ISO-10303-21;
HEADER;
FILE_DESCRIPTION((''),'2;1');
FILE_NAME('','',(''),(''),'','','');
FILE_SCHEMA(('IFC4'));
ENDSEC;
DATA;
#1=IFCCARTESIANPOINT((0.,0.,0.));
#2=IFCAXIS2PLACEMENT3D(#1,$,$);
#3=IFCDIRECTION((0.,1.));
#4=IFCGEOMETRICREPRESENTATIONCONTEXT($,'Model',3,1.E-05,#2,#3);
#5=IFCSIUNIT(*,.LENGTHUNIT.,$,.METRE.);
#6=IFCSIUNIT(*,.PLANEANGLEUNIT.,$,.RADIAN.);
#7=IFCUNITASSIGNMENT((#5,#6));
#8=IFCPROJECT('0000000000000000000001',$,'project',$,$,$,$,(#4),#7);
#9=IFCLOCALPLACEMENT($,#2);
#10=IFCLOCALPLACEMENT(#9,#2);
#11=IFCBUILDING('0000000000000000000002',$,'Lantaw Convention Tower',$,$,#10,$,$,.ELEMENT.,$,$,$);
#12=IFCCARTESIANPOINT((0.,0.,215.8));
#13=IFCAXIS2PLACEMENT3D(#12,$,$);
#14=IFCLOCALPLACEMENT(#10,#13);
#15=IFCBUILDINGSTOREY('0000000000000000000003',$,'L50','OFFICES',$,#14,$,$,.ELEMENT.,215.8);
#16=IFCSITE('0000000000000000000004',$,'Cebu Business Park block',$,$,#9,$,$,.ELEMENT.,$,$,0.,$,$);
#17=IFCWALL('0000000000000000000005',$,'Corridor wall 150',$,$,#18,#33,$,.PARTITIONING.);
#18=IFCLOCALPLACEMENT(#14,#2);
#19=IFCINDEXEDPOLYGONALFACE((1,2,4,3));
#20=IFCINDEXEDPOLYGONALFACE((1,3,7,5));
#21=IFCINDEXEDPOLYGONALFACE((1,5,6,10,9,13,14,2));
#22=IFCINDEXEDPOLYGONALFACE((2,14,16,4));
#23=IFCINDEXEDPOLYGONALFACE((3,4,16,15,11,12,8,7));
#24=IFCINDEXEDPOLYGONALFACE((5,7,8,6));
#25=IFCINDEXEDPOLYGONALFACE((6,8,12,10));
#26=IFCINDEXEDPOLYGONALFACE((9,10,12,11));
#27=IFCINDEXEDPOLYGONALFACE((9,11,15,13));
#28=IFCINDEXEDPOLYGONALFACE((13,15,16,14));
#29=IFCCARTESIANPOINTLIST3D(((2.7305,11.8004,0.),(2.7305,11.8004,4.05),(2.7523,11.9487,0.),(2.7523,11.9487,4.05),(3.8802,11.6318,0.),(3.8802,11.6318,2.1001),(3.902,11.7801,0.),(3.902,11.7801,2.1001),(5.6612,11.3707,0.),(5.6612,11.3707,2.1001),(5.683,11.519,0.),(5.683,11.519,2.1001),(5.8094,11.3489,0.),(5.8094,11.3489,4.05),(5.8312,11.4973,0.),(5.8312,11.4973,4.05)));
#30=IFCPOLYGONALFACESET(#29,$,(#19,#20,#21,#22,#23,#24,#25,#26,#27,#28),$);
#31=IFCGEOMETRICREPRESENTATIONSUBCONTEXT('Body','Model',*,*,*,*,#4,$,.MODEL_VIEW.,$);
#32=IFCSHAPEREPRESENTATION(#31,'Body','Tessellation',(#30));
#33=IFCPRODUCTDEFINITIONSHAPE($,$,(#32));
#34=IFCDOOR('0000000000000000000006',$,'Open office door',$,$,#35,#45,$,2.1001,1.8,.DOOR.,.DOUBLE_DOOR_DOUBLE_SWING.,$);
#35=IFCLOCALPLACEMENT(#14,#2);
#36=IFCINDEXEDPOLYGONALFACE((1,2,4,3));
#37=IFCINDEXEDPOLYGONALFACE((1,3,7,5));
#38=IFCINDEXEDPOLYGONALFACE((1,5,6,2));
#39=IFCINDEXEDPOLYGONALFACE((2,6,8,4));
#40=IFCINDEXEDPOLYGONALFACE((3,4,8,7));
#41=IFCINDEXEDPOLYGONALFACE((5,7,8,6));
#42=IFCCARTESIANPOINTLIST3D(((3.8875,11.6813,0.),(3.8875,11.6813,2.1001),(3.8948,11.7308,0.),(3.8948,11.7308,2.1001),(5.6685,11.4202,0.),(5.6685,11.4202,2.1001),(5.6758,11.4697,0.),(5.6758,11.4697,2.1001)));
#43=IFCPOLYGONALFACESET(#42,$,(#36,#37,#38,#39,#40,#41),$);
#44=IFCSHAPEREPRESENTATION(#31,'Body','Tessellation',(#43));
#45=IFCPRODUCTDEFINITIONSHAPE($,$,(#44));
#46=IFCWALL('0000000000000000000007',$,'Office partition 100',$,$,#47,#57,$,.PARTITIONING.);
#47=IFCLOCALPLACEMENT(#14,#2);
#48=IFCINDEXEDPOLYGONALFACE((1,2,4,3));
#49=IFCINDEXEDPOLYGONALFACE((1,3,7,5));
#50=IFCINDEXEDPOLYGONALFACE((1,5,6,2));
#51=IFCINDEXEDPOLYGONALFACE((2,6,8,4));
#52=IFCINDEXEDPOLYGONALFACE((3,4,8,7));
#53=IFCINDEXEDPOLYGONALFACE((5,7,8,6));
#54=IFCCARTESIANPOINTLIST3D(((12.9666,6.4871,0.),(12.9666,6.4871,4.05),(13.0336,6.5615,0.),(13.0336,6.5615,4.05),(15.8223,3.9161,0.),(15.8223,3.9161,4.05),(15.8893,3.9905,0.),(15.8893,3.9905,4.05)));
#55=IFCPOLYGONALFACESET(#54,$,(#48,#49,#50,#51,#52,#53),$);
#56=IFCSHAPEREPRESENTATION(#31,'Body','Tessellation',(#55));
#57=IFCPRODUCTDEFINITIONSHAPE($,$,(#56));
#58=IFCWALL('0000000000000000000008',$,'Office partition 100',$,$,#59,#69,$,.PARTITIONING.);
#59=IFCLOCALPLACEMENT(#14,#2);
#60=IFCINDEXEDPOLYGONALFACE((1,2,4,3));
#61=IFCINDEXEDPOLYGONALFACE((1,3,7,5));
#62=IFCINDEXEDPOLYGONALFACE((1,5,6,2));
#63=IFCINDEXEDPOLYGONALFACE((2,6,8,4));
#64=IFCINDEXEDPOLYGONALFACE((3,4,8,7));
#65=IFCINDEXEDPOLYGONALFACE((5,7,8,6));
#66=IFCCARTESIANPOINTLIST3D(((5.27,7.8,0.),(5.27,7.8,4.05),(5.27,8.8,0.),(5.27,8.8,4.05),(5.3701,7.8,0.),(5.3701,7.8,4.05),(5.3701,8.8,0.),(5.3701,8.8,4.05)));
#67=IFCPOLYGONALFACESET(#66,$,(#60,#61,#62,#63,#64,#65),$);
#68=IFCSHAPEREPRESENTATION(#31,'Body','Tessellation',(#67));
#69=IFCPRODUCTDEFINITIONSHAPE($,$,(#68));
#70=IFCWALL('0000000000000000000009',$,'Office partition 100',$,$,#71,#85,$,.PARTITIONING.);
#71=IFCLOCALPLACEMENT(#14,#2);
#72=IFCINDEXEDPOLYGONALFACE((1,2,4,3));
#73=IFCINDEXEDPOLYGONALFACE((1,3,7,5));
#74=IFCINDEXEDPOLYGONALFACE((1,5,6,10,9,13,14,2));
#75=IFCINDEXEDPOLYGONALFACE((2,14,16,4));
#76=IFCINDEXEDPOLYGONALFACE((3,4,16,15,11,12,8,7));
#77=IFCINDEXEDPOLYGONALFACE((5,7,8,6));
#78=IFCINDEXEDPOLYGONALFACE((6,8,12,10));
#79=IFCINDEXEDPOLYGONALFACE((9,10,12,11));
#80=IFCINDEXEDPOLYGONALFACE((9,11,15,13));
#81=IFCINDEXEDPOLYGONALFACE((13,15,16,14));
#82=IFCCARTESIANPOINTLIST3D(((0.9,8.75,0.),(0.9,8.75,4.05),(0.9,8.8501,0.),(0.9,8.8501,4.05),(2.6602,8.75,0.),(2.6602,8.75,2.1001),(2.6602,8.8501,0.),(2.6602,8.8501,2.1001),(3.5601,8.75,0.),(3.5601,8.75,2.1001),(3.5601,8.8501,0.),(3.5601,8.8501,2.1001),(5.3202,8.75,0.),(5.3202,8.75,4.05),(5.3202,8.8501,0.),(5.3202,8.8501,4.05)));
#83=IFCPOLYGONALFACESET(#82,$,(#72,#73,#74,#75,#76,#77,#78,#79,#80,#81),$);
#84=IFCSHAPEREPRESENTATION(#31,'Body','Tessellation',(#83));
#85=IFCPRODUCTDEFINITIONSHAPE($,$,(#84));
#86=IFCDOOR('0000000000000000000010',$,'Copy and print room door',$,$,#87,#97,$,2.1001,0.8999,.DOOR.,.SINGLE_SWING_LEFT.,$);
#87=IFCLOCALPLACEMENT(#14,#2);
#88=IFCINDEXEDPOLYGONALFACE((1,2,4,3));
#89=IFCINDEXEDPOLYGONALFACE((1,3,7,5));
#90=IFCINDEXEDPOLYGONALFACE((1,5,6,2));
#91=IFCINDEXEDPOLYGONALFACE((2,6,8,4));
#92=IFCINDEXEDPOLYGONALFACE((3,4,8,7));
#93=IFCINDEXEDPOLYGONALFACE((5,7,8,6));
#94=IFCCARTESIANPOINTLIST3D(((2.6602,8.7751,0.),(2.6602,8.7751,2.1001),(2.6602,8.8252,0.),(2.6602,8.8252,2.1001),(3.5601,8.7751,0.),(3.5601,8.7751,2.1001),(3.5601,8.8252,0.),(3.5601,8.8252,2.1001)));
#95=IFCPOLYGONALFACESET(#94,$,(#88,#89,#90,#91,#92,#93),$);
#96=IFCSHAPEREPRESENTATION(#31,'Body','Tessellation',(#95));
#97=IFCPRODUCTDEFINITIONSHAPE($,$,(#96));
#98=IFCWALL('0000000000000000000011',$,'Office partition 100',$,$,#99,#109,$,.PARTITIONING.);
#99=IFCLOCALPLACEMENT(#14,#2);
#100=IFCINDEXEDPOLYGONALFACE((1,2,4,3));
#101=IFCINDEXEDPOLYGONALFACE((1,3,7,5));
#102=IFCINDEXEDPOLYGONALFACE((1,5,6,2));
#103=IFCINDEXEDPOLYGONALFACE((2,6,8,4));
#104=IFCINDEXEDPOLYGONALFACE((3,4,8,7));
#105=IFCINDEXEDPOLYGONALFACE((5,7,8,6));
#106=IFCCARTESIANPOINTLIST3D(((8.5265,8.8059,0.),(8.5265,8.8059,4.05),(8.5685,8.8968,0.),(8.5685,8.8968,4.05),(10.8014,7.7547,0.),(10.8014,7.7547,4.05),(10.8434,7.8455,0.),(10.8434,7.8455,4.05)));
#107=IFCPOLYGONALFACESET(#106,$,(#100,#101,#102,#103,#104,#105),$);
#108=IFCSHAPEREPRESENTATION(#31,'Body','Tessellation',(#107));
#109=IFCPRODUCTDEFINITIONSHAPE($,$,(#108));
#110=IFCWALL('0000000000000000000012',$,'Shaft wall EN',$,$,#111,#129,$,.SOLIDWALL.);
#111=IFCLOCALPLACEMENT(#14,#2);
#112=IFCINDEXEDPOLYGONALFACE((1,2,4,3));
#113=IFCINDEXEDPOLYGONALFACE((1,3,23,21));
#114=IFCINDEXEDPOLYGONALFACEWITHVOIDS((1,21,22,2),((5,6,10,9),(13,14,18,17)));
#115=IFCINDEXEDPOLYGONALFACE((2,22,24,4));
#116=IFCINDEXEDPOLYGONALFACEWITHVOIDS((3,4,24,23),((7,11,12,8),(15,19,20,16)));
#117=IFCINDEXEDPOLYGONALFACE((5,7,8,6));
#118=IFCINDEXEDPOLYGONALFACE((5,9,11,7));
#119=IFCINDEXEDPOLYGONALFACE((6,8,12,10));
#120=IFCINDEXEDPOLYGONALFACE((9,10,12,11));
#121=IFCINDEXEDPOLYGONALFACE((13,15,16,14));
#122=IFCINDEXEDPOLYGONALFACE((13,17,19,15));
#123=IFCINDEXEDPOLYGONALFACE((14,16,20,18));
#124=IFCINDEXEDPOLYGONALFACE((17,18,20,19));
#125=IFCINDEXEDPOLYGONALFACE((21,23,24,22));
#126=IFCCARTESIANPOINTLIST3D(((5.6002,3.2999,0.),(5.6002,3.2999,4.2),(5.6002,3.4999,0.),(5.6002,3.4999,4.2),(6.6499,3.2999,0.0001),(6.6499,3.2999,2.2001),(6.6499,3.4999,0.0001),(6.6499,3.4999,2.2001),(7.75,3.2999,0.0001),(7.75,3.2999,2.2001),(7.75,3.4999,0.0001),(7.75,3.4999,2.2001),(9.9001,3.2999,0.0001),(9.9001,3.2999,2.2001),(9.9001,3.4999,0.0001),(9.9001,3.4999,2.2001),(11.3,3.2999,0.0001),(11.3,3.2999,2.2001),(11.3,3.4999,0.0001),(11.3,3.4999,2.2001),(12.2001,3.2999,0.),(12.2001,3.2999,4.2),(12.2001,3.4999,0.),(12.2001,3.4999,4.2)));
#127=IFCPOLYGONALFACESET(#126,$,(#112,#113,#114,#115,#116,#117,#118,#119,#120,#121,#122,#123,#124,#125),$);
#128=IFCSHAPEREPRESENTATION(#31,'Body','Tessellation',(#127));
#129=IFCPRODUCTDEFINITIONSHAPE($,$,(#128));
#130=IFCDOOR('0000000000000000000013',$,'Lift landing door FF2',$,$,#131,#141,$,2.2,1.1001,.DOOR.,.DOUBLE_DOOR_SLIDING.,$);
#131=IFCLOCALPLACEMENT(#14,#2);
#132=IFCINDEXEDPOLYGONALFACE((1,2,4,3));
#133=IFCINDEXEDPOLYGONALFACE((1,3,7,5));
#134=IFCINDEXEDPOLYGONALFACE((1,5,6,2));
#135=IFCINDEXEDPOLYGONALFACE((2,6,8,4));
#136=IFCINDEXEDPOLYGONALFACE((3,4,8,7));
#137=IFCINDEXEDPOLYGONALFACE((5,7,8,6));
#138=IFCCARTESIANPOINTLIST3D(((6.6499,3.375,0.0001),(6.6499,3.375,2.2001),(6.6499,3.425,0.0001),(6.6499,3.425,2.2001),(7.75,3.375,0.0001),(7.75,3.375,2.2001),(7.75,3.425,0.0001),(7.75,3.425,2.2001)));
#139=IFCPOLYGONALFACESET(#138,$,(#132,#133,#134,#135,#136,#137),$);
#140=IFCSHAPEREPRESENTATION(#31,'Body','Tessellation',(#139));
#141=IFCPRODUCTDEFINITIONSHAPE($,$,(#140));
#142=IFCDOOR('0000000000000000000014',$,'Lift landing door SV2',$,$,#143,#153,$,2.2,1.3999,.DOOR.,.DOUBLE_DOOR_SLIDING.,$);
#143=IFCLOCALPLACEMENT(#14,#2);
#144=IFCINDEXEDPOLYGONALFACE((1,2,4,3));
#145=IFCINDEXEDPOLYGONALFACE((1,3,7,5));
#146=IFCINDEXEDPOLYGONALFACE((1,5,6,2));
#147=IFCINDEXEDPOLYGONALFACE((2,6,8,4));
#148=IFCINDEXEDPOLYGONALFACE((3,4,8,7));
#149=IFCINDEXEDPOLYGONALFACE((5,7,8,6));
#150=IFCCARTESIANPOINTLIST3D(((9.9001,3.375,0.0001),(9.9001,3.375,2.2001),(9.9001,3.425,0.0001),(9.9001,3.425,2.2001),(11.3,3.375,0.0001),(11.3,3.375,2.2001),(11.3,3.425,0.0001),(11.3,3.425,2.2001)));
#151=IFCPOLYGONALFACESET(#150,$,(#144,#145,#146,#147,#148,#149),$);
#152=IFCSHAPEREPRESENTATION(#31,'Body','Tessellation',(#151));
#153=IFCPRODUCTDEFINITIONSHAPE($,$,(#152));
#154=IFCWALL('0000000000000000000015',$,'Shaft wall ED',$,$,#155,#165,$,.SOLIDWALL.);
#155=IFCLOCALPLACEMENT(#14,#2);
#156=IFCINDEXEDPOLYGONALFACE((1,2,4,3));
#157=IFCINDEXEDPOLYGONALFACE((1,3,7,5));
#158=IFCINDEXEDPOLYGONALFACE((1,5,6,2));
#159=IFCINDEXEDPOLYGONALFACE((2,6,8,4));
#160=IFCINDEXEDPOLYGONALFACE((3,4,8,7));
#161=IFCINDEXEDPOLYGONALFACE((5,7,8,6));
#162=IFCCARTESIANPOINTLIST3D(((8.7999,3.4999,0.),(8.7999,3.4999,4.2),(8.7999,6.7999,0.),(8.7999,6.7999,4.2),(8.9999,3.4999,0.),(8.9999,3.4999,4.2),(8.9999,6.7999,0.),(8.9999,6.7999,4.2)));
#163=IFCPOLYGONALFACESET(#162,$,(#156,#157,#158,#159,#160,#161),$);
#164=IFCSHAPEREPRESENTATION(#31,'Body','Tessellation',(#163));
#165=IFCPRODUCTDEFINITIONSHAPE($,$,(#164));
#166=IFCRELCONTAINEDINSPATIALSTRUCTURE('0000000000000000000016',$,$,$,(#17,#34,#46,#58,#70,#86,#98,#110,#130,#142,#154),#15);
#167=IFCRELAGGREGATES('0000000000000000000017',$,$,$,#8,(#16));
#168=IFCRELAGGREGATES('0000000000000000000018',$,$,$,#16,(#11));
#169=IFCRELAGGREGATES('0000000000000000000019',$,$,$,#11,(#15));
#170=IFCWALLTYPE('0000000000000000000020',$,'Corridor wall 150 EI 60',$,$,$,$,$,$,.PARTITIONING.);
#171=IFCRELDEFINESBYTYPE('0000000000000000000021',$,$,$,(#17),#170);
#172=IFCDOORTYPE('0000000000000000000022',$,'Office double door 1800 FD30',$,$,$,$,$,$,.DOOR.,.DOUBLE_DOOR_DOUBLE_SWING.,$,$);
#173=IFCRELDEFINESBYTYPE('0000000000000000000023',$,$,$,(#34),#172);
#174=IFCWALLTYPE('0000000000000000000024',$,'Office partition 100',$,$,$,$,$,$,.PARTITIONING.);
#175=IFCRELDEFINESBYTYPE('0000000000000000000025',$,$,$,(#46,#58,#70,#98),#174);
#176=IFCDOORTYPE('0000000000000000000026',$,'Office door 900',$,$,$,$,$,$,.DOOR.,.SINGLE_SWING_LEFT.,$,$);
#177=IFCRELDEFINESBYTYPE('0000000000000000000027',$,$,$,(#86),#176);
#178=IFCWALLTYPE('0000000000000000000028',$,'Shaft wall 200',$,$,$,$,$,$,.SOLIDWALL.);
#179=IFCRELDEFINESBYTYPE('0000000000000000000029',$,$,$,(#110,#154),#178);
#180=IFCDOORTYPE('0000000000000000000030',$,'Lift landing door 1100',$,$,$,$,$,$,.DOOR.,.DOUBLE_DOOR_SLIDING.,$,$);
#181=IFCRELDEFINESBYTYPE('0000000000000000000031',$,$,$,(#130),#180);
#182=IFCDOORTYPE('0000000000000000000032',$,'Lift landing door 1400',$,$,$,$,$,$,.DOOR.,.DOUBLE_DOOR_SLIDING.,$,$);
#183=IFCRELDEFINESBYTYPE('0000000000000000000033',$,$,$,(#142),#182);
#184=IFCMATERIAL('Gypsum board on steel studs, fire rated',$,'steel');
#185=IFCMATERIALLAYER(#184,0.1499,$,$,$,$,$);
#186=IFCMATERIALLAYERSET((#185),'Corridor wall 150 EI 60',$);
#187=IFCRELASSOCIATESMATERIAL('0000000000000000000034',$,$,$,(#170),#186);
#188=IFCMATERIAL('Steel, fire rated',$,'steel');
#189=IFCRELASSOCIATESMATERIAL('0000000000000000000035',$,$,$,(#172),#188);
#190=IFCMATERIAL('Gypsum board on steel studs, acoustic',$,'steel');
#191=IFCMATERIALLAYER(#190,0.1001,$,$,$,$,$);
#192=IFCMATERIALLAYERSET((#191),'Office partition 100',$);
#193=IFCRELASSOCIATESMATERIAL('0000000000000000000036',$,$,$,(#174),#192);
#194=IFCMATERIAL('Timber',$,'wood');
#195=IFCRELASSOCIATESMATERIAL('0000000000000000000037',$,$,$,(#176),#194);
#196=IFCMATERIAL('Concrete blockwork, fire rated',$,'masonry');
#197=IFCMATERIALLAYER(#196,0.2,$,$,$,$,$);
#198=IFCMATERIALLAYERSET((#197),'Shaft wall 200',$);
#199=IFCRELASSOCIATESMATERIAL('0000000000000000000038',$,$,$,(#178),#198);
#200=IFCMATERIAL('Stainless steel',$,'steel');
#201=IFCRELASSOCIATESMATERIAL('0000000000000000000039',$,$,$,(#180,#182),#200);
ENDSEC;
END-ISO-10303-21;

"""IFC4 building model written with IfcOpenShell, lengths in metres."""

from ifc_helpers import new_model, si_unit, direction, frame, frame_2d, origin, place, context, subcontext, project, spatial, rectangle, extrude, material, layer, layer_set, type_object, element, fill, save


model = new_model("IFC4")

# Units and contexts
model_context = context("Model", 3, precision=1e-05, world=origin(), true_north=direction((0.0, 1.0)))
body_context = subcontext(model_context, "Body", "Model", "MODEL_VIEW")
ifc_project = project(units=[si_unit("LENGTHUNIT", "METRE"), si_unit("PLANEANGLEUNIT", "RADIAN")], contexts=[model_context])

# Site, building, storey
site_placement = place(None, origin())
site = spatial("IfcSite", under=ifc_project, at=site_placement, Name="Cebu Business Park block", CompositionType="ELEMENT", RefElevation=0.0)
building_placement = place(site_placement, origin())
building = spatial("IfcBuilding", under=site, at=building_placement, Name="Lantaw Convention Tower", CompositionType="ELEMENT")
storey_placement = place(building_placement, frame((0.0, 0.0, 215.8)))
storey = spatial("IfcBuildingStorey", under=building, at=storey_placement, Name="L50", Description="OFFICES", CompositionType="ELEMENT", Elevation=215.8)

# Shared definitions
ifc_material_1 = material(Name="Gypsum board on steel studs, fire rated", Category="steel")
ifc_layer_1 = layer(ifc_material_1, 0.1499)
ifc_layer_set_1 = layer_set([ifc_layer_1], Name="Corridor wall 150 EI 60")
wall_type_1 = type_object("IfcWallType", Name="Corridor wall 150 EI 60", PredefinedType="PARTITIONING", material=ifc_layer_set_1)

# Wall, opening, door
wall_1_placement = place(storey_placement, frame((5.8203, 11.4231, 0.0), z_axis=(0.0, 0.0, 1.0), x_axis=(-0.989422, 0.145067, 0.0)))
wall_1 = element("IfcWall", 1, at=wall_1_placement, inside=storey, type_object=wall_type_1, Name="Corridor wall 150", PredefinedType="PARTITIONING", context=body_context, shape_type="SweptSolid", body=[
    extrude(rectangle(XDim=3.1118, YDim=0.1499, at=frame_2d((1.5559, 0.0))), origin(), (0.0, 0.0, 1.0), 4.05),
])
opening_1_placement = place(wall_1_placement, frame((0.1499, 0.0, 0.0)))
opening_1 = element("IfcOpeningElement", 2, at=opening_1_placement, cuts=wall_1, PredefinedType="OPENING", context=body_context, shape_type="SweptSolid", body=[
    extrude(rectangle(XDim=1.8, YDim=2.1001, at=frame_2d((0.8999, 1.05))), frame((0.0, 0.085, 0.0), z_axis=(0.0, -1.0, 0.0), x_axis=(1.0, 0.0, 0.0)), (0.0, 0.0, 1.0), 0.1699),
])
ifc_material_2 = material(Name="Steel, fire rated", Category="steel")
door_type_1 = type_object("IfcDoorType", Name="Office double door 1800 FD30", OperationType="DOUBLE_DOOR_DOUBLE_SWING", PredefinedType="DOOR", material=ifc_material_2)
door_1_placement = place(opening_1_placement, origin())
door_1 = element("IfcDoor", 3, at=door_1_placement, inside=storey, type_object=door_type_1, Name="Open office door", OperationType="DOUBLE_DOOR_DOUBLE_SWING", OverallHeight=2.1001, OverallWidth=1.8, PredefinedType="DOOR", context=body_context, shape_type="SweptSolid", body=[
    extrude(rectangle(XDim=1.8, YDim=2.1001, at=frame_2d((0.8999, 1.05))), frame((0.0, 0.0249, 0.0), z_axis=(0.0, -1.0, 0.0), x_axis=(1.0, 0.0, 0.0)), (0.0, 0.0, 1.0), 0.05),
])
fill(opening_1, door_1)

# Walls
ifc_material_3 = material(Name="Gypsum board on steel studs, acoustic", Category="steel")
ifc_layer_2 = layer(ifc_material_3, 0.1001)
ifc_layer_set_2 = layer_set([ifc_layer_2], Name="Office partition 100")
wall_type_2 = type_object("IfcWallType", Name="Office partition 100", PredefinedType="PARTITIONING", material=ifc_layer_set_2)
wall_2_placement = place(storey_placement, frame((13.0, 6.5244, 0.0), z_axis=(0.0, 0.0, 1.0), x_axis=(0.743177, -0.669095, 0.0)))
element("IfcWall", 4, at=wall_2_placement, inside=storey, type_object=wall_type_2, Name="Office partition 100", PredefinedType="PARTITIONING", context=body_context, shape_type="SweptSolid", body=[
    extrude(rectangle(XDim=3.8425, YDim=0.1001, at=frame_2d((1.9214, 0.0))), origin(), (0.0, 0.0, 1.0), 4.05),
])
wall_3_placement = place(storey_placement, frame((5.3201, 7.8, 0.0), z_axis=(0.0, 0.0, 1.0), x_axis=(0.0, 1.0, 0.0)))
element("IfcWall", 5, at=wall_3_placement, inside=storey, type_object=wall_type_2, Name="Office partition 100", PredefinedType="PARTITIONING", context=body_context, shape_type="SweptSolid", body=[
    extrude(rectangle(XDim=1.0, YDim=0.1001, at=frame_2d((0.5, 0.0))), origin(), (0.0, 0.0, 1.0), 4.05),
])

# Wall, opening, door
wall_4_placement = place(storey_placement, frame((5.3201, 8.8, 0.0), z_axis=(0.0, 0.0, 1.0), x_axis=(-1.0, 0.0, 0.0)))
wall_4 = element("IfcWall", 6, at=wall_4_placement, inside=storey, type_object=wall_type_2, Name="Office partition 100", PredefinedType="PARTITIONING", context=body_context, shape_type="SweptSolid", body=[
    extrude(rectangle(XDim=4.4202, YDim=0.1001, at=frame_2d((2.21, 0.0))), origin(), (0.0, 0.0, 1.0), 4.05),
])
opening_2_placement = place(wall_4_placement, frame((1.76, 0.0, 0.0)))
opening_2 = element("IfcOpeningElement", 7, at=opening_2_placement, cuts=wall_4, PredefinedType="OPENING", context=body_context, shape_type="SweptSolid", body=[
    extrude(rectangle(XDim=0.8999, YDim=2.1001, at=frame_2d((0.45, 1.05))), frame((0.0, 0.0601, 0.0), z_axis=(0.0, -1.0, 0.0), x_axis=(1.0, 0.0, 0.0)), (0.0, 0.0, 1.0), 0.1201),
])
ifc_material_4 = material(Name="Timber", Category="wood")
door_type_2 = type_object("IfcDoorType", Name="Office door 900", OperationType="SINGLE_SWING_LEFT", PredefinedType="DOOR", material=ifc_material_4)
door_2_placement = place(opening_2_placement, origin())
door_2 = element("IfcDoor", 8, at=door_2_placement, inside=storey, type_object=door_type_2, Name="Copy and print room door", OperationType="SINGLE_SWING_LEFT", OverallHeight=2.1001, OverallWidth=0.8999, PredefinedType="DOOR", context=body_context, shape_type="SweptSolid", body=[
    extrude(rectangle(XDim=0.8999, YDim=2.1001, at=frame_2d((0.45, 1.05))), frame((0.0, 0.0249, 0.0), z_axis=(0.0, -1.0, 0.0), x_axis=(1.0, 0.0, 0.0)), (0.0, 0.0, 1.0), 0.05),
])
fill(opening_2, door_2)

# Wall
wall_5_placement = place(storey_placement, frame((8.5476, 8.8513, 0.0), z_axis=(0.0, 0.0, 1.0), x_axis=(0.90776, -0.419491, 0.0)))
element("IfcWall", 9, at=wall_5_placement, inside=storey, type_object=wall_type_2, Name="Office partition 100", PredefinedType="PARTITIONING", context=body_context, shape_type="SweptSolid", body=[
    extrude(rectangle(XDim=2.5061, YDim=0.1001, at=frame_2d((1.2529, 0.0))), origin(), (0.0, 0.0, 1.0), 4.05),
])

# Wall, openings, doors
ifc_material_5 = material(Name="Concrete blockwork, fire rated", Category="masonry")
ifc_layer_3 = layer(ifc_material_5, 0.2)
ifc_layer_set_3 = layer_set([ifc_layer_3], Name="Shaft wall 200")
wall_type_3 = type_object("IfcWallType", Name="Shaft wall 200", PredefinedType="SOLIDWALL", material=ifc_layer_set_3)
wall_6_placement = place(storey_placement, frame((12.2, 3.3999, 0.0), z_axis=(0.0, 0.0, 1.0), x_axis=(-1.0, 0.0, 0.0)))
wall_6 = element("IfcWall", 10, at=wall_6_placement, inside=storey, type_object=wall_type_3, Name="Shaft wall EN", PredefinedType="SOLIDWALL", context=body_context, shape_type="SweptSolid", body=[
    extrude(rectangle(XDim=6.5999, YDim=0.2, at=frame_2d((3.2998, 0.0))), origin(), (0.0, 0.0, 1.0), 4.2),
])
opening_3_placement = place(wall_6_placement, frame((4.45, 0.0, 0.0)))
opening_3 = element("IfcOpeningElement", 11, at=opening_3_placement, cuts=wall_6, PredefinedType="OPENING", context=body_context, shape_type="SweptSolid", body=[
    extrude(rectangle(XDim=1.1001, YDim=2.2, at=frame_2d((0.55, 1.1001))), frame((0.0, 0.1099, 0.0), z_axis=(0.0, -1.0, 0.0), x_axis=(1.0, 0.0, 0.0)), (0.0, 0.0, 1.0), 0.22),
])
opening_4_placement = place(wall_6_placement, frame((0.8999, 0.0, 0.0)))
opening_4 = element("IfcOpeningElement", 12, at=opening_4_placement, cuts=wall_6, PredefinedType="OPENING", context=body_context, shape_type="SweptSolid", body=[
    extrude(rectangle(XDim=1.3999, YDim=2.2, at=frame_2d((0.7, 1.1001))), frame((0.0, 0.1099, 0.0), z_axis=(0.0, -1.0, 0.0), x_axis=(1.0, 0.0, 0.0)), (0.0, 0.0, 1.0), 0.22),
])
ifc_material_6 = material(Name="Stainless steel", Category="steel")
door_type_3 = type_object("IfcDoorType", Name="Lift landing door 1100", OperationType="DOUBLE_DOOR_SLIDING", PredefinedType="DOOR", material=ifc_material_6)
door_3_placement = place(opening_3_placement, origin())
door_3 = element("IfcDoor", 13, at=door_3_placement, inside=storey, type_object=door_type_3, Name="Lift landing door FF2", OperationType="DOUBLE_DOOR_SLIDING", OverallHeight=2.2, OverallWidth=1.1001, PredefinedType="DOOR", context=body_context, shape_type="SweptSolid", body=[
    extrude(rectangle(XDim=1.1001, YDim=2.2, at=frame_2d((0.55, 1.1001))), frame((0.0, 0.0249, 0.0), z_axis=(0.0, -1.0, 0.0), x_axis=(1.0, 0.0, 0.0)), (0.0, 0.0, 1.0), 0.05),
])
fill(opening_3, door_3)
door_type_4 = type_object("IfcDoorType", Name="Lift landing door 1400", OperationType="DOUBLE_DOOR_SLIDING", PredefinedType="DOOR", material=ifc_material_6)
door_4_placement = place(opening_4_placement, origin())
door_4 = element("IfcDoor", 14, at=door_4_placement, inside=storey, type_object=door_type_4, Name="Lift landing door SV2", OperationType="DOUBLE_DOOR_SLIDING", OverallHeight=2.2, OverallWidth=1.3999, PredefinedType="DOOR", context=body_context, shape_type="SweptSolid", body=[
    extrude(rectangle(XDim=1.3999, YDim=2.2, at=frame_2d((0.7, 1.1001))), frame((0.0, 0.0249, 0.0), z_axis=(0.0, -1.0, 0.0), x_axis=(1.0, 0.0, 0.0)), (0.0, 0.0, 1.0), 0.05),
])
fill(opening_4, door_4)

# Wall
wall_7_placement = place(storey_placement, frame((8.8999, 3.5, 0.0), z_axis=(0.0, 0.0, 1.0), x_axis=(0.0, 1.0, 0.0)))
element("IfcWall", 15, at=wall_7_placement, inside=storey, type_object=wall_type_3, Name="Shaft wall ED", PredefinedType="SOLIDWALL", context=body_context, shape_type="SweptSolid", body=[
    extrude(rectangle(XDim=3.3, YDim=0.2, at=frame_2d((1.6499, 0.0))), origin(), (0.0, 0.0, 1.0), 4.2),
])

save(model, "model.ifc")
